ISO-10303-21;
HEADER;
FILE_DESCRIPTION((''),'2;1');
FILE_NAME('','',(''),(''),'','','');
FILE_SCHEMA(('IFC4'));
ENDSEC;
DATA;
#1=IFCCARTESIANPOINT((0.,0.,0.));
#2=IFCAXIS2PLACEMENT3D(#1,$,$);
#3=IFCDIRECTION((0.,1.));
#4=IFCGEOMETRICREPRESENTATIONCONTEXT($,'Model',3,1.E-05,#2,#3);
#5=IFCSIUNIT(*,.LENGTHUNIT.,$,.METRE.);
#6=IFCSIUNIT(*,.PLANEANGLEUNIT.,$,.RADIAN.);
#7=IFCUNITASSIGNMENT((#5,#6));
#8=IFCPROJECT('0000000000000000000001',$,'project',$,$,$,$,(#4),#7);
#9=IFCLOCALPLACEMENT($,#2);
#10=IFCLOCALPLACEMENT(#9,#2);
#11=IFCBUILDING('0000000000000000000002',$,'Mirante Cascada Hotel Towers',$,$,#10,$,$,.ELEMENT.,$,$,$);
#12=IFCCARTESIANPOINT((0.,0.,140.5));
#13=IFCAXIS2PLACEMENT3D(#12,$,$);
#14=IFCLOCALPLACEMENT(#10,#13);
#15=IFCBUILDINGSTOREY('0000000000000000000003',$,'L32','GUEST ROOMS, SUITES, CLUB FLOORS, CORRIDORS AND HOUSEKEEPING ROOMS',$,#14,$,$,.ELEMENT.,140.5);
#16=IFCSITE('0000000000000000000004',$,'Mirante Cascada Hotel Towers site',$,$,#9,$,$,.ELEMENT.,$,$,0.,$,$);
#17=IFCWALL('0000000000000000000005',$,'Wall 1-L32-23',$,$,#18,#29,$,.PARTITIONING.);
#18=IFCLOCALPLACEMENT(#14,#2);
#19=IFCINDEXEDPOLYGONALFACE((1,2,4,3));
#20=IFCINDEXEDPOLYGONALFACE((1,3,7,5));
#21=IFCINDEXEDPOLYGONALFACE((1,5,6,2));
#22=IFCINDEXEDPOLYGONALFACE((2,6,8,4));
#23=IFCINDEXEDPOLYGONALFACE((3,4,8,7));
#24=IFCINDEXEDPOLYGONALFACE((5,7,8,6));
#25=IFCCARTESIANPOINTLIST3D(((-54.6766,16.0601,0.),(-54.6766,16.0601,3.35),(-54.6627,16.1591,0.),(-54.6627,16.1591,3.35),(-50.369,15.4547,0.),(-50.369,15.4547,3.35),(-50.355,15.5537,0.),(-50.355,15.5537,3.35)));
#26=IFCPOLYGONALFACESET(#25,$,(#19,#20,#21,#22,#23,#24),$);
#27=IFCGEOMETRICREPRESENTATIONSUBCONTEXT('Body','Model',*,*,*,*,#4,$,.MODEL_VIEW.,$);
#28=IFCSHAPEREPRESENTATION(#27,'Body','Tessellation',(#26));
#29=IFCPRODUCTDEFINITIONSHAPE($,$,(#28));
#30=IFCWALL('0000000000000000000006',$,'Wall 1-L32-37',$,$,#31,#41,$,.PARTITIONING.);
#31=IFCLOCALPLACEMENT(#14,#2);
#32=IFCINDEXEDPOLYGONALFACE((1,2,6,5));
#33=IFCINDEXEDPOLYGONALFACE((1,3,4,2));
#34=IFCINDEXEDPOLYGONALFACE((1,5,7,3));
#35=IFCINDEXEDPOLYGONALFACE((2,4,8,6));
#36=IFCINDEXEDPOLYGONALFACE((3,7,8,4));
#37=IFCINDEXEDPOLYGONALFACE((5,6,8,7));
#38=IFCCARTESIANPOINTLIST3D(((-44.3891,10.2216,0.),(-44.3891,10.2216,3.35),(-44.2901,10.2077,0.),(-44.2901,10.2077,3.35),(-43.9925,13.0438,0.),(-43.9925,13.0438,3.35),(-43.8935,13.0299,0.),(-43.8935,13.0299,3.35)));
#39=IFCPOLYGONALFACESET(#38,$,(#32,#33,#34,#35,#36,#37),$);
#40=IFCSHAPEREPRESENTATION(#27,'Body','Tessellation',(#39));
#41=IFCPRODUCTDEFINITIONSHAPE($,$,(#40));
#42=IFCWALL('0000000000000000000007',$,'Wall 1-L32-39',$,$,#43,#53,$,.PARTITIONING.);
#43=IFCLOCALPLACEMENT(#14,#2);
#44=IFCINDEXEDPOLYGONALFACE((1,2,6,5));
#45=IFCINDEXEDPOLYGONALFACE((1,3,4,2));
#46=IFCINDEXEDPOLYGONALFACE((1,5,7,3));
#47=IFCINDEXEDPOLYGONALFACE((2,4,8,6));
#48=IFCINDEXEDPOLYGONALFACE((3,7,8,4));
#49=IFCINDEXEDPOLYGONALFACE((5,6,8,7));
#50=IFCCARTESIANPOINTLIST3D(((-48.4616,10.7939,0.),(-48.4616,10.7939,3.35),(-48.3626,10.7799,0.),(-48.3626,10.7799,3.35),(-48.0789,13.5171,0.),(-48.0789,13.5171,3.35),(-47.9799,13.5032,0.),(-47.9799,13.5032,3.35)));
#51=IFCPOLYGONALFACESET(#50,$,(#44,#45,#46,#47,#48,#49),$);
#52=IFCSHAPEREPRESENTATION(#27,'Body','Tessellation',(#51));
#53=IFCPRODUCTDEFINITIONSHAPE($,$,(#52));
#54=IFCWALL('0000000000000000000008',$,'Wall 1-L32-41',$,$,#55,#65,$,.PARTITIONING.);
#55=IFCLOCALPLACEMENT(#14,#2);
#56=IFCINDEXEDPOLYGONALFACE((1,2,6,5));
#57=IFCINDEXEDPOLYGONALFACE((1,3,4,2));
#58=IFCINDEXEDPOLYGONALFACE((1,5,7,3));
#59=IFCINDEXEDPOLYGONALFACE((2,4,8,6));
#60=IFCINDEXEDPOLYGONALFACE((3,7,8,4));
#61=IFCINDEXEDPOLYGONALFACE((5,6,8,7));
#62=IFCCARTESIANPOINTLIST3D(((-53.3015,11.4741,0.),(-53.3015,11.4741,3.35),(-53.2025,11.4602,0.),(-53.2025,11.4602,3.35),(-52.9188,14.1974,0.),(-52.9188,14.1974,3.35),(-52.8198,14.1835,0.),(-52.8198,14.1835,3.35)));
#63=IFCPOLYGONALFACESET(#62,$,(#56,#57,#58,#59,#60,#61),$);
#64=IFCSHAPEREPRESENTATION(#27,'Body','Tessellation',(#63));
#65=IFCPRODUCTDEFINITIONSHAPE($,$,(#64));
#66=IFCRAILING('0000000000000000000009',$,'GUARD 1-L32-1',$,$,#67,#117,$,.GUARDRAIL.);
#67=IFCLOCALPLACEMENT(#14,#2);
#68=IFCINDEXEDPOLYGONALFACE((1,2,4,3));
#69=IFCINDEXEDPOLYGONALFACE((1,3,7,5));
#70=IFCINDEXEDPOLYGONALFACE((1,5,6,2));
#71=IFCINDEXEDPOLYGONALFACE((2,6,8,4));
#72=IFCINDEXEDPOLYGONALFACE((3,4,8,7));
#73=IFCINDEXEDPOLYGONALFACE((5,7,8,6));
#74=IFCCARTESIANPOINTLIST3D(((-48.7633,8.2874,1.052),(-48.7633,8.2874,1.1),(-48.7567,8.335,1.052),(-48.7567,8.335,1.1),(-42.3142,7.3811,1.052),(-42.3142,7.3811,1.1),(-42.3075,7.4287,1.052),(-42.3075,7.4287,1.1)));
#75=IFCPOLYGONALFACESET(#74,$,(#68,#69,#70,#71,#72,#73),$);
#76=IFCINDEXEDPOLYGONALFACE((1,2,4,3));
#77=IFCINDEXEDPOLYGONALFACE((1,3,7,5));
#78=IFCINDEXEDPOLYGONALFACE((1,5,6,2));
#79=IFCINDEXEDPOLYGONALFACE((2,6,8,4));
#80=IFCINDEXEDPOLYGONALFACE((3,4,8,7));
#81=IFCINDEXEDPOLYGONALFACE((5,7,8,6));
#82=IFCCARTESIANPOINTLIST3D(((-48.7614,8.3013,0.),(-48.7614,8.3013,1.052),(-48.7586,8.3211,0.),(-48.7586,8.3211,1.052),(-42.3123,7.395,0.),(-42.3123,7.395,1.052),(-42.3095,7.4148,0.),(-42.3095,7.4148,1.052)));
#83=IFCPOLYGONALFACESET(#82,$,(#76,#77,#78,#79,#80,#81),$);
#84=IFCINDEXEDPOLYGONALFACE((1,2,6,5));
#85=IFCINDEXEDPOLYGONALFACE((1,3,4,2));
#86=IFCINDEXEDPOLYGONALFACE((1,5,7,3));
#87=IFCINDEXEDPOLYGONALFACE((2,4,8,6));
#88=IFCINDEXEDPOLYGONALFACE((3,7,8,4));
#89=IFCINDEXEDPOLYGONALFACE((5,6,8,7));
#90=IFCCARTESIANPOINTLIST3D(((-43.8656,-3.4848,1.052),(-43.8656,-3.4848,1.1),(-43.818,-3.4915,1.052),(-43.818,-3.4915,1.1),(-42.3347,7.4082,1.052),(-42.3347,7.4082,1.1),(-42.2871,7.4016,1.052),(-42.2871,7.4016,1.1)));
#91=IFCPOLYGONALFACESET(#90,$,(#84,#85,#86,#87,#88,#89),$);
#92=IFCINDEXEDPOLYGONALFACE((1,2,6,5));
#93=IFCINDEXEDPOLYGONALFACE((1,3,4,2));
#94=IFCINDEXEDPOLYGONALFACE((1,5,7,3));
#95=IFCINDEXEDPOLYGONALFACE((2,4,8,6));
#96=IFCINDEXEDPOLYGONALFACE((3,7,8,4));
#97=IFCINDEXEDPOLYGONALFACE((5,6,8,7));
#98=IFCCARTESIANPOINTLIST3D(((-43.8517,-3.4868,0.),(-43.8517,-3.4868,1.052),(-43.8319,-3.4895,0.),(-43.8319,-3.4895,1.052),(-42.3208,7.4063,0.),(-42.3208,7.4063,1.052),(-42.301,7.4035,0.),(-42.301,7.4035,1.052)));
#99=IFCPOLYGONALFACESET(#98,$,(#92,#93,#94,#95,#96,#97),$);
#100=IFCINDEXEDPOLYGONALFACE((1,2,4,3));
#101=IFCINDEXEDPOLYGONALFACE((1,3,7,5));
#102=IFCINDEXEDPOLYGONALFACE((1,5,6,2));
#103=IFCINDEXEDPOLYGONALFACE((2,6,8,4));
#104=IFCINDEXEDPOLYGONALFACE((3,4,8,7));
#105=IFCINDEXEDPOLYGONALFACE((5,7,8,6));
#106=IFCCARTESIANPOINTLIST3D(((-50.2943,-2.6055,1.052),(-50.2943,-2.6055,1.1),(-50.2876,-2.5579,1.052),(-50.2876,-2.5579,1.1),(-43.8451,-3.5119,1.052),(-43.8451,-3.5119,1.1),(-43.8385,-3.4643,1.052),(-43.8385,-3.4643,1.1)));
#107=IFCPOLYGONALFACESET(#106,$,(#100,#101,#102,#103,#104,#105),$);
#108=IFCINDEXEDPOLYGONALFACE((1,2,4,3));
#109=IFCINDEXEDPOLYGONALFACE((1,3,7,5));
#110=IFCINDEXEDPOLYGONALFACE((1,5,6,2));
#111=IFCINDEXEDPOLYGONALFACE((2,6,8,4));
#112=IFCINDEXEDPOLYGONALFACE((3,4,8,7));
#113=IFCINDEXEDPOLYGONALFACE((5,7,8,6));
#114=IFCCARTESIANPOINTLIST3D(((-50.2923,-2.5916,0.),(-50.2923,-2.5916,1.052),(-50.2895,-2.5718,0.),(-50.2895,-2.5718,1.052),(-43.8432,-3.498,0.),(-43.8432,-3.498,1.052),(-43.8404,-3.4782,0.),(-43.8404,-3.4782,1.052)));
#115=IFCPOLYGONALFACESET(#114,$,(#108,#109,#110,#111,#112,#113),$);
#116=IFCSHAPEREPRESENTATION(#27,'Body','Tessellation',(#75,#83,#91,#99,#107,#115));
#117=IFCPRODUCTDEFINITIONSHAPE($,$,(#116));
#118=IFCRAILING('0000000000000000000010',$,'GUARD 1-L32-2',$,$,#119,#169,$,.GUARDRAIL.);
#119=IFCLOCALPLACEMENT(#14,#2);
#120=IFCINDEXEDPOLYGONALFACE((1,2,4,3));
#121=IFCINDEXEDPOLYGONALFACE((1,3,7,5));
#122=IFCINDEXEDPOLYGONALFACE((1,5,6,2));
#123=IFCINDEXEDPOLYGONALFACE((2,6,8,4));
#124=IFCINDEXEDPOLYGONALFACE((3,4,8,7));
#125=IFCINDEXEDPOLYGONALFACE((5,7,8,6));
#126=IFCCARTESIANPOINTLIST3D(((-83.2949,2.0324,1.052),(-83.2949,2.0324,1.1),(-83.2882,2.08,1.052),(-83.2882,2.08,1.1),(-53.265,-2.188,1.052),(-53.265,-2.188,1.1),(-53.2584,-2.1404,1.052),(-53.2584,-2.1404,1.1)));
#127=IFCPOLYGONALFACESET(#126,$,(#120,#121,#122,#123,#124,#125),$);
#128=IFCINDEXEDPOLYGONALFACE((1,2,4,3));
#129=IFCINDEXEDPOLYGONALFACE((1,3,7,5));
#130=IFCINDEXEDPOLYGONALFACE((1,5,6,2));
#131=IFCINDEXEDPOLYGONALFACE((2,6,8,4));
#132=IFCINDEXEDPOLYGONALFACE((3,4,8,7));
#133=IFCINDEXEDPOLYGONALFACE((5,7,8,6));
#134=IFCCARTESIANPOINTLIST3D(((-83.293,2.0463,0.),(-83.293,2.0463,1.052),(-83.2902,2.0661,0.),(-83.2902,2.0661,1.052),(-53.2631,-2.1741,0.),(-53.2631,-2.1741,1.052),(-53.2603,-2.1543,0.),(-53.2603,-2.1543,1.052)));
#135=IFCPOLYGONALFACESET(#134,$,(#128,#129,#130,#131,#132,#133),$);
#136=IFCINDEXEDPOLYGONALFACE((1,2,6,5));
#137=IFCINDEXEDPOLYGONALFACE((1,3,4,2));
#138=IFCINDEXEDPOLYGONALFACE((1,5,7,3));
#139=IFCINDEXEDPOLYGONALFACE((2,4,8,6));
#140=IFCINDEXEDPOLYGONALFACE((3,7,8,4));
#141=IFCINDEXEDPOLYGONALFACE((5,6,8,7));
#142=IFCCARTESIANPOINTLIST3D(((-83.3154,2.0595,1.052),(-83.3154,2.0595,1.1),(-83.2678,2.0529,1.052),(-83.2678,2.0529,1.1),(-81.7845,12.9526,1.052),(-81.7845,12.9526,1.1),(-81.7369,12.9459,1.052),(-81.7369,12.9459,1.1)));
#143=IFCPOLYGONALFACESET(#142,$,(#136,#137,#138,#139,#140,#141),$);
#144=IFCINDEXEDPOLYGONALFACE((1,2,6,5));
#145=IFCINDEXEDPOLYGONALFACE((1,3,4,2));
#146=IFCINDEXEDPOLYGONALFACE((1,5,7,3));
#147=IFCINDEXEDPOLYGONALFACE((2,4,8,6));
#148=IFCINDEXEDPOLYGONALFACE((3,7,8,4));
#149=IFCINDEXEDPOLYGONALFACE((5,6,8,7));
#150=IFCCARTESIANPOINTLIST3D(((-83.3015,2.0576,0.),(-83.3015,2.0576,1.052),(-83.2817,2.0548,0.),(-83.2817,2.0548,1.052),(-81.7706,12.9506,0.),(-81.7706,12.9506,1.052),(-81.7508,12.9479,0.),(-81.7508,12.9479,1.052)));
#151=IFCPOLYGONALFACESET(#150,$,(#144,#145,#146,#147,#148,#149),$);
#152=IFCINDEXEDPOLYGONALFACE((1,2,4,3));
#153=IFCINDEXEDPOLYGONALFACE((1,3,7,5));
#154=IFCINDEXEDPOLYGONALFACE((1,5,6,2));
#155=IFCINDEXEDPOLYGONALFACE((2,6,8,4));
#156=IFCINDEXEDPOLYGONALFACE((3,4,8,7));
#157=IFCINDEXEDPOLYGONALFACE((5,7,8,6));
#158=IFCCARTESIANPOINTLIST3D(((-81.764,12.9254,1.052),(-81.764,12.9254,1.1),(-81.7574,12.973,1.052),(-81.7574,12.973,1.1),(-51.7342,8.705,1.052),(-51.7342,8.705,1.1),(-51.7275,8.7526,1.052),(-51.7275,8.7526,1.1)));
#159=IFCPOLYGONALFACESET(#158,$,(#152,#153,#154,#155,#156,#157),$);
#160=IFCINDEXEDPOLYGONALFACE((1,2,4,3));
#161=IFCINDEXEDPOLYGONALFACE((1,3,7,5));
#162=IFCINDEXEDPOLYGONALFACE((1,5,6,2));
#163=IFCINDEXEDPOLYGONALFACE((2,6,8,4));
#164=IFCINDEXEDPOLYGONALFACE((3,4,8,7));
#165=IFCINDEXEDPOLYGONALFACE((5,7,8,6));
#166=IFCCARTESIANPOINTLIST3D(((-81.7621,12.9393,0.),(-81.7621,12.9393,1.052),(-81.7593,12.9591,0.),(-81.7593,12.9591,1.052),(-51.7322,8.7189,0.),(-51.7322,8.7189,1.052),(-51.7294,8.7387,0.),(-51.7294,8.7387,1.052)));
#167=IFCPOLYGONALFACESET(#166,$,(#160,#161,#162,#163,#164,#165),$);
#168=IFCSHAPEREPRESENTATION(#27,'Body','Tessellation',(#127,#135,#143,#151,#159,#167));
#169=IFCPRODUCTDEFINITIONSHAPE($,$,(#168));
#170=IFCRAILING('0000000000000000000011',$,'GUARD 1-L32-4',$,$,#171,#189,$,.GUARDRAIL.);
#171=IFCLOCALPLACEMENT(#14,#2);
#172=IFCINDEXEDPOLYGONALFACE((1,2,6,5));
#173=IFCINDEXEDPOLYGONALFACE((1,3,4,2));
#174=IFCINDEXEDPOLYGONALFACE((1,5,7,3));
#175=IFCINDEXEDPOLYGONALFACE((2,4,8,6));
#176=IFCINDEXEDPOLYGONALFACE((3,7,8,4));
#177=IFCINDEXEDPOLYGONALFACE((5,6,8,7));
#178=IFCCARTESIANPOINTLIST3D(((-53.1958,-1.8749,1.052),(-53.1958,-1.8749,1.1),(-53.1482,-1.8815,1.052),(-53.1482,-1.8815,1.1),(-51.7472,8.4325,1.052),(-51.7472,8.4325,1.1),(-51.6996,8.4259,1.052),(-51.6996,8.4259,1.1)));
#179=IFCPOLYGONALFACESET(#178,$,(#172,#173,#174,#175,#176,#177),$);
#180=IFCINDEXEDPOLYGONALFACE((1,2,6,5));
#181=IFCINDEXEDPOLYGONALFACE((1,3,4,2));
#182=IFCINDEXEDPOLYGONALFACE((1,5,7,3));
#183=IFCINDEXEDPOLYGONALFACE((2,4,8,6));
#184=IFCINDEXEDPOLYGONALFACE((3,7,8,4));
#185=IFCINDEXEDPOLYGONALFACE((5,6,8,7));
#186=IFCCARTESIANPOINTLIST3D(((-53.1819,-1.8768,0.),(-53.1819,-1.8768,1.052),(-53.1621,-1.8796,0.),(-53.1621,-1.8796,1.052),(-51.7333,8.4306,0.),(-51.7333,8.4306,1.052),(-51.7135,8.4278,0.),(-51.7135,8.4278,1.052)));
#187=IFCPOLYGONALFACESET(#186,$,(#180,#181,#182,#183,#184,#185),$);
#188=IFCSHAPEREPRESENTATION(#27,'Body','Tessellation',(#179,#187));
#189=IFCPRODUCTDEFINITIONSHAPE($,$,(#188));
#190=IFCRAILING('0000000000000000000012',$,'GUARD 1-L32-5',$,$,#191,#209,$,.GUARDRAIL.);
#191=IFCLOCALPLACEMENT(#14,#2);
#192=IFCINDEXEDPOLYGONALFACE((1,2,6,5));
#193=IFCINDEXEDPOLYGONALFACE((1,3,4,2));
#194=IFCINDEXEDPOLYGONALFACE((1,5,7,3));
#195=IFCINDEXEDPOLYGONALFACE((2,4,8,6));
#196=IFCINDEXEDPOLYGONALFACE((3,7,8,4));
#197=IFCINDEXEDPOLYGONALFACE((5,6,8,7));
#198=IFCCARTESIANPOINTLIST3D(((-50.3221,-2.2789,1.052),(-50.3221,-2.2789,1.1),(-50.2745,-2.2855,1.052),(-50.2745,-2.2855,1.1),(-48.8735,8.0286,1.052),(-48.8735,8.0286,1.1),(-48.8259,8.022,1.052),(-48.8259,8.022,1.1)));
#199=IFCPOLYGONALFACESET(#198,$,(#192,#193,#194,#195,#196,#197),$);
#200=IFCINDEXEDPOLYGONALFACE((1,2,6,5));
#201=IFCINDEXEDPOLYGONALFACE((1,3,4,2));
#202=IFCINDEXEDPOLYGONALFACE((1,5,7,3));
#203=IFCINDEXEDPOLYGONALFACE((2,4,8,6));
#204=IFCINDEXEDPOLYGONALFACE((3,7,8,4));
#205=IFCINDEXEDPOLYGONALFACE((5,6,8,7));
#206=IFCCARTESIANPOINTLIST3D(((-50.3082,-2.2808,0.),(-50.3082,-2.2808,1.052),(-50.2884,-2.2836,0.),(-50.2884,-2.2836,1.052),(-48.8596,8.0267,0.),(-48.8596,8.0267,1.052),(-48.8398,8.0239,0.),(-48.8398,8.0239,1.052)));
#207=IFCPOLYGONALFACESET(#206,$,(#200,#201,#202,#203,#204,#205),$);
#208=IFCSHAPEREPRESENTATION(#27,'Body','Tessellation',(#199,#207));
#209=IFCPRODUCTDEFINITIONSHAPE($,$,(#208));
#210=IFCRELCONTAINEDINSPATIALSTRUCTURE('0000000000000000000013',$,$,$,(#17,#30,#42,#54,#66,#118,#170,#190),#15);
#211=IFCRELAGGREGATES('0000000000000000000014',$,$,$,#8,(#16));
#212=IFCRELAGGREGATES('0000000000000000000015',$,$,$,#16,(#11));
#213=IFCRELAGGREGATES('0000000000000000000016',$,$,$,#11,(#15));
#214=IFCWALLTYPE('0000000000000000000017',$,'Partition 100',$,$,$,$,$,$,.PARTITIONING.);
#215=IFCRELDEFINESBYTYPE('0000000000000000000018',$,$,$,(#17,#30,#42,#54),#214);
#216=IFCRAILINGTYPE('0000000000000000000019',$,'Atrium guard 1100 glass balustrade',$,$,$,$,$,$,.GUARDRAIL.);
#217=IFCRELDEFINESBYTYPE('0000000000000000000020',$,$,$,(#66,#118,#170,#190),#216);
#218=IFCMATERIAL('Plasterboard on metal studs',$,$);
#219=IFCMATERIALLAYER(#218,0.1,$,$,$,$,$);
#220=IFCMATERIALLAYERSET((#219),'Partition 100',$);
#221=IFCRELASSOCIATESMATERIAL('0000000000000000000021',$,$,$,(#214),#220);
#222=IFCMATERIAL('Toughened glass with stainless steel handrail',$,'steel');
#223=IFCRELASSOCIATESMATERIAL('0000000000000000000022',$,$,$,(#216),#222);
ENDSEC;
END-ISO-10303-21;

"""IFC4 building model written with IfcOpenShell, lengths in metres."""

from ifc_helpers import new_model, si_unit, direction, frame, frame_2d, origin, origin_2d, place, context, subcontext, project, spatial, rectangle, extrude, material, layer, layer_set, type_object, element, save


model = new_model("IFC4")

# Units and contexts
model_context = context("Model", 3, precision=1e-05, world=origin(), true_north=direction((0.0, 1.0)))
body_context = subcontext(model_context, "Body", "Model", "MODEL_VIEW")
ifc_project = project(units=[si_unit("LENGTHUNIT", "METRE"), si_unit("PLANEANGLEUNIT", "RADIAN")], contexts=[model_context])

# Site, building, storey
site_placement = place(None, origin())
site = spatial("IfcSite", under=ifc_project, at=site_placement, Name="Mirante Cascada Hotel Towers site", CompositionType="ELEMENT", RefElevation=0.0)
building_placement = place(site_placement, origin())
building = spatial("IfcBuilding", under=site, at=building_placement, Name="Mirante Cascada Hotel Towers", CompositionType="ELEMENT")
storey_placement = place(building_placement, frame((0.0, 0.0, 140.5)))
storey = spatial("IfcBuildingStorey", under=building, at=storey_placement, Name="L32", Description="GUEST ROOMS, SUITES, CLUB FLOORS, CORRIDORS AND HOUSEKEEPING ROOMS", CompositionType="ELEMENT", Elevation=140.5)

# Shared definitions
ifc_material_1 = material(Name="Plasterboard on metal studs")
ifc_layer_1 = layer(ifc_material_1, 0.1)
ifc_layer_set_1 = layer_set([ifc_layer_1], Name="Partition 100")
wall_type_1 = type_object("IfcWallType", Name="Partition 100", PredefinedType="PARTITIONING", material=ifc_layer_set_1)

# Walls
wall_1_placement = place(storey_placement, frame((-50.362, 15.5042, 0.0), z_axis=(0.0, 0.0, 1.0), x_axis=(-0.990268, 0.139171, 0.0)))
element("IfcWall", 1, at=wall_1_placement, inside=storey, type_object=wall_type_1, Name="Wall 1-L32-23", PredefinedType="PARTITIONING", context=body_context, shape_type="SweptSolid", body=[
    extrude(rectangle(XDim=4.35, YDim=0.1, at=frame_2d((2.175, 0.0))), origin(), (0.0, 0.0, 1.0), 3.35),
])
wall_2_placement = place(storey_placement, frame((-44.3396, 10.2146, 0.0), z_axis=(0.0, 0.0, 1.0), x_axis=(0.139161, 0.99027, 0.0)))
element("IfcWall", 2, at=wall_2_placement, inside=storey, type_object=wall_type_1, Name="Wall 1-L32-37", PredefinedType="PARTITIONING", context=body_context, shape_type="SweptSolid", body=[
    extrude(rectangle(XDim=2.8499, YDim=0.1, at=frame_2d((1.425, 0.0))), origin(), (0.0, 0.0, 1.0), 3.35),
])
wall_3_placement = place(storey_placement, frame((-48.4121, 10.7869, 0.0), z_axis=(0.0, 0.0, 1.0), x_axis=(0.139166, 0.990269, 0.0)))
element("IfcWall", 3, at=wall_3_placement, inside=storey, type_object=wall_type_1, Name="Wall 1-L32-39", PredefinedType="PARTITIONING", context=body_context, shape_type="SweptSolid", body=[
    extrude(rectangle(XDim=2.75, YDim=0.1, at=frame_2d((1.375, 0.0))), origin(), (0.0, 0.0, 1.0), 3.35),
])
wall_4_placement = place(storey_placement, frame((-53.252, 11.4671, 0.0), z_axis=(0.0, 0.0, 1.0), x_axis=(0.139161, 0.99027, 0.0)))
element("IfcWall", 4, at=wall_4_placement, inside=storey, type_object=wall_type_1, Name="Wall 1-L32-41", PredefinedType="PARTITIONING", context=body_context, shape_type="SweptSolid", body=[
    extrude(rectangle(XDim=2.7501, YDim=0.1, at=frame_2d((1.3751, 0.0))), origin(), (0.0, 0.0, 1.0), 3.35),
])

# Railings
ifc_material_2 = material(Name="Toughened glass with stainless steel handrail", Category="steel")
railing_type = type_object("IfcRailingType", Name="Atrium guard 1100 glass balustrade", PredefinedType="GUARDRAIL", material=ifc_material_2)
railing_1_placement = place(storey_placement, frame((-48.76, 8.3112, 0.0)))
element("IfcRailing", 5, at=railing_1_placement, inside=storey, type_object=railing_type, Name="GUARD 1-L32-1", PredefinedType="GUARDRAIL", context=body_context, shape_type="SweptSolid", body=[
    extrude(rectangle(XDim=0.048, YDim=0.048, at=origin_2d()), frame((0.0, 0.0, 1.076), z_axis=(0.990269, -0.139164, 0.0), x_axis=(0.139164, 0.990269, 0.0)), (0.0, 0.0, 1.0), 6.5125),
    extrude(rectangle(XDim=0.02, YDim=1.052, at=origin_2d()), frame((0.0, 0.0, 0.526), z_axis=(0.990269, -0.139164, 0.0), x_axis=(0.139164, 0.990269, 0.0)), (0.0, 0.0, 1.0), 6.5125),
    extrude(rectangle(XDim=0.048, YDim=0.048, at=origin_2d()), frame((6.4491, -0.9063, 1.076), z_axis=(-0.139172, -0.990268, 0.0), x_axis=(0.990268, -0.139172, 0.0)), (0.0, 0.0, 1.0), 11.0001),
    extrude(rectangle(XDim=0.02, YDim=1.052, at=origin_2d()), frame((6.4491, -0.9063, 0.526), z_axis=(-0.139172, -0.990268, 0.0), x_axis=(0.990268, -0.139172, 0.0)), (0.0, 0.0, 1.0), 11.0001),
    extrude(rectangle(XDim=0.048, YDim=0.048, at=origin_2d()), frame((4.9182, -11.7993, 1.076), z_axis=(-0.990267, 0.139179, 0.0), x_axis=(-0.139179, -0.990267, 0.0)), (0.0, 0.0, 1.0), 6.5125),
    extrude(rectangle(XDim=0.02, YDim=1.052, at=origin_2d()), frame((4.9182, -11.7993, 0.526), z_axis=(-0.990267, 0.139179, 0.0), x_axis=(-0.139179, -0.990267, 0.0)), (0.0, 0.0, 1.0), 6.5125),
])
railing_2_placement = place(storey_placement, frame((-53.2617, -2.1642, 0.0)))
element("IfcRailing", 6, at=railing_2_placement, inside=storey, type_object=railing_type, Name="GUARD 1-L32-2", PredefinedType="GUARDRAIL", context=body_context, shape_type="SweptSolid", body=[
    extrude(rectangle(XDim=0.048, YDim=0.048, at=origin_2d()), frame((0.0, 0.0, 1.076), z_axis=(-0.990268, 0.139172, 0.0), x_axis=(-0.139172, -0.990268, 0.0)), (0.0, 0.0, 1.0), 30.325),
    extrude(rectangle(XDim=0.02, YDim=1.052, at=origin_2d()), frame((0.0, 0.0, 0.526), z_axis=(-0.990268, 0.139172, 0.0), x_axis=(-0.139172, -0.990268, 0.0)), (0.0, 0.0, 1.0), 30.325),
    extrude(rectangle(XDim=0.048, YDim=0.048, at=origin_2d()), frame((-30.0299, 4.2204, 1.076), z_axis=(0.139172, 0.990268, 0.0), x_axis=(-0.990268, 0.139172, 0.0)), (0.0, 0.0, 1.0), 11.0001),
    extrude(rectangle(XDim=0.02, YDim=1.052, at=origin_2d()), frame((-30.0299, 4.2204, 0.526), z_axis=(0.139172, 0.990268, 0.0), x_axis=(-0.990268, 0.139172, 0.0)), (0.0, 0.0, 1.0), 11.0001),
    extrude(rectangle(XDim=0.048, YDim=0.048, at=origin_2d()), frame((-28.499, 15.1134, 1.076), z_axis=(0.990268, -0.139172, 0.0), x_axis=(0.139172, 0.990268, 0.0)), (0.0, 0.0, 1.0), 30.325),
    extrude(rectangle(XDim=0.02, YDim=1.052, at=origin_2d()), frame((-28.499, 15.1134, 0.526), z_axis=(0.990268, -0.139172, 0.0), x_axis=(0.139172, 0.990268, 0.0)), (0.0, 0.0, 1.0), 30.325),
])
railing_3_placement = place(storey_placement, frame((-53.172, -1.8782, 0.0)))
element("IfcRailing", 7, at=railing_3_placement, inside=storey, type_object=railing_type, Name="GUARD 1-L32-4", PredefinedType="GUARDRAIL", context=body_context, shape_type="SweptSolid", body=[
    extrude(rectangle(XDim=0.048, YDim=0.048, at=origin_2d()), frame((0.0, 0.0, 1.076), z_axis=(0.139172, 0.990268, 0.0), x_axis=(-0.990268, 0.139172, 0.0)), (0.0, 0.0, 1.0), 10.4087),
    extrude(rectangle(XDim=0.02, YDim=1.052, at=origin_2d()), frame((0.0, 0.0, 0.526), z_axis=(0.139172, 0.990268, 0.0), x_axis=(-0.990268, 0.139172, 0.0)), (0.0, 0.0, 1.0), 10.4087),
])
railing_4_placement = place(storey_placement, frame((-48.8497, 8.0253, 0.0)))
element("IfcRailing", 8, at=railing_4_placement, inside=storey, type_object=railing_type, Name="GUARD 1-L32-5", PredefinedType="GUARDRAIL", context=body_context, shape_type="SweptSolid", body=[
    extrude(rectangle(XDim=0.048, YDim=0.048, at=origin_2d()), frame((0.0, 0.0, 1.076), z_axis=(-0.139171, -0.990268, 0.0), x_axis=(0.990268, -0.139171, 0.0)), (0.0, 0.0, 1.0), 10.4088),
    extrude(rectangle(XDim=0.02, YDim=1.052, at=origin_2d()), frame((0.0, 0.0, 0.526), z_axis=(-0.139171, -0.990268, 0.0), x_axis=(0.990268, -0.139171, 0.0)), (0.0, 0.0, 1.0), 10.4088),
])

save(model, "model.ifc")
